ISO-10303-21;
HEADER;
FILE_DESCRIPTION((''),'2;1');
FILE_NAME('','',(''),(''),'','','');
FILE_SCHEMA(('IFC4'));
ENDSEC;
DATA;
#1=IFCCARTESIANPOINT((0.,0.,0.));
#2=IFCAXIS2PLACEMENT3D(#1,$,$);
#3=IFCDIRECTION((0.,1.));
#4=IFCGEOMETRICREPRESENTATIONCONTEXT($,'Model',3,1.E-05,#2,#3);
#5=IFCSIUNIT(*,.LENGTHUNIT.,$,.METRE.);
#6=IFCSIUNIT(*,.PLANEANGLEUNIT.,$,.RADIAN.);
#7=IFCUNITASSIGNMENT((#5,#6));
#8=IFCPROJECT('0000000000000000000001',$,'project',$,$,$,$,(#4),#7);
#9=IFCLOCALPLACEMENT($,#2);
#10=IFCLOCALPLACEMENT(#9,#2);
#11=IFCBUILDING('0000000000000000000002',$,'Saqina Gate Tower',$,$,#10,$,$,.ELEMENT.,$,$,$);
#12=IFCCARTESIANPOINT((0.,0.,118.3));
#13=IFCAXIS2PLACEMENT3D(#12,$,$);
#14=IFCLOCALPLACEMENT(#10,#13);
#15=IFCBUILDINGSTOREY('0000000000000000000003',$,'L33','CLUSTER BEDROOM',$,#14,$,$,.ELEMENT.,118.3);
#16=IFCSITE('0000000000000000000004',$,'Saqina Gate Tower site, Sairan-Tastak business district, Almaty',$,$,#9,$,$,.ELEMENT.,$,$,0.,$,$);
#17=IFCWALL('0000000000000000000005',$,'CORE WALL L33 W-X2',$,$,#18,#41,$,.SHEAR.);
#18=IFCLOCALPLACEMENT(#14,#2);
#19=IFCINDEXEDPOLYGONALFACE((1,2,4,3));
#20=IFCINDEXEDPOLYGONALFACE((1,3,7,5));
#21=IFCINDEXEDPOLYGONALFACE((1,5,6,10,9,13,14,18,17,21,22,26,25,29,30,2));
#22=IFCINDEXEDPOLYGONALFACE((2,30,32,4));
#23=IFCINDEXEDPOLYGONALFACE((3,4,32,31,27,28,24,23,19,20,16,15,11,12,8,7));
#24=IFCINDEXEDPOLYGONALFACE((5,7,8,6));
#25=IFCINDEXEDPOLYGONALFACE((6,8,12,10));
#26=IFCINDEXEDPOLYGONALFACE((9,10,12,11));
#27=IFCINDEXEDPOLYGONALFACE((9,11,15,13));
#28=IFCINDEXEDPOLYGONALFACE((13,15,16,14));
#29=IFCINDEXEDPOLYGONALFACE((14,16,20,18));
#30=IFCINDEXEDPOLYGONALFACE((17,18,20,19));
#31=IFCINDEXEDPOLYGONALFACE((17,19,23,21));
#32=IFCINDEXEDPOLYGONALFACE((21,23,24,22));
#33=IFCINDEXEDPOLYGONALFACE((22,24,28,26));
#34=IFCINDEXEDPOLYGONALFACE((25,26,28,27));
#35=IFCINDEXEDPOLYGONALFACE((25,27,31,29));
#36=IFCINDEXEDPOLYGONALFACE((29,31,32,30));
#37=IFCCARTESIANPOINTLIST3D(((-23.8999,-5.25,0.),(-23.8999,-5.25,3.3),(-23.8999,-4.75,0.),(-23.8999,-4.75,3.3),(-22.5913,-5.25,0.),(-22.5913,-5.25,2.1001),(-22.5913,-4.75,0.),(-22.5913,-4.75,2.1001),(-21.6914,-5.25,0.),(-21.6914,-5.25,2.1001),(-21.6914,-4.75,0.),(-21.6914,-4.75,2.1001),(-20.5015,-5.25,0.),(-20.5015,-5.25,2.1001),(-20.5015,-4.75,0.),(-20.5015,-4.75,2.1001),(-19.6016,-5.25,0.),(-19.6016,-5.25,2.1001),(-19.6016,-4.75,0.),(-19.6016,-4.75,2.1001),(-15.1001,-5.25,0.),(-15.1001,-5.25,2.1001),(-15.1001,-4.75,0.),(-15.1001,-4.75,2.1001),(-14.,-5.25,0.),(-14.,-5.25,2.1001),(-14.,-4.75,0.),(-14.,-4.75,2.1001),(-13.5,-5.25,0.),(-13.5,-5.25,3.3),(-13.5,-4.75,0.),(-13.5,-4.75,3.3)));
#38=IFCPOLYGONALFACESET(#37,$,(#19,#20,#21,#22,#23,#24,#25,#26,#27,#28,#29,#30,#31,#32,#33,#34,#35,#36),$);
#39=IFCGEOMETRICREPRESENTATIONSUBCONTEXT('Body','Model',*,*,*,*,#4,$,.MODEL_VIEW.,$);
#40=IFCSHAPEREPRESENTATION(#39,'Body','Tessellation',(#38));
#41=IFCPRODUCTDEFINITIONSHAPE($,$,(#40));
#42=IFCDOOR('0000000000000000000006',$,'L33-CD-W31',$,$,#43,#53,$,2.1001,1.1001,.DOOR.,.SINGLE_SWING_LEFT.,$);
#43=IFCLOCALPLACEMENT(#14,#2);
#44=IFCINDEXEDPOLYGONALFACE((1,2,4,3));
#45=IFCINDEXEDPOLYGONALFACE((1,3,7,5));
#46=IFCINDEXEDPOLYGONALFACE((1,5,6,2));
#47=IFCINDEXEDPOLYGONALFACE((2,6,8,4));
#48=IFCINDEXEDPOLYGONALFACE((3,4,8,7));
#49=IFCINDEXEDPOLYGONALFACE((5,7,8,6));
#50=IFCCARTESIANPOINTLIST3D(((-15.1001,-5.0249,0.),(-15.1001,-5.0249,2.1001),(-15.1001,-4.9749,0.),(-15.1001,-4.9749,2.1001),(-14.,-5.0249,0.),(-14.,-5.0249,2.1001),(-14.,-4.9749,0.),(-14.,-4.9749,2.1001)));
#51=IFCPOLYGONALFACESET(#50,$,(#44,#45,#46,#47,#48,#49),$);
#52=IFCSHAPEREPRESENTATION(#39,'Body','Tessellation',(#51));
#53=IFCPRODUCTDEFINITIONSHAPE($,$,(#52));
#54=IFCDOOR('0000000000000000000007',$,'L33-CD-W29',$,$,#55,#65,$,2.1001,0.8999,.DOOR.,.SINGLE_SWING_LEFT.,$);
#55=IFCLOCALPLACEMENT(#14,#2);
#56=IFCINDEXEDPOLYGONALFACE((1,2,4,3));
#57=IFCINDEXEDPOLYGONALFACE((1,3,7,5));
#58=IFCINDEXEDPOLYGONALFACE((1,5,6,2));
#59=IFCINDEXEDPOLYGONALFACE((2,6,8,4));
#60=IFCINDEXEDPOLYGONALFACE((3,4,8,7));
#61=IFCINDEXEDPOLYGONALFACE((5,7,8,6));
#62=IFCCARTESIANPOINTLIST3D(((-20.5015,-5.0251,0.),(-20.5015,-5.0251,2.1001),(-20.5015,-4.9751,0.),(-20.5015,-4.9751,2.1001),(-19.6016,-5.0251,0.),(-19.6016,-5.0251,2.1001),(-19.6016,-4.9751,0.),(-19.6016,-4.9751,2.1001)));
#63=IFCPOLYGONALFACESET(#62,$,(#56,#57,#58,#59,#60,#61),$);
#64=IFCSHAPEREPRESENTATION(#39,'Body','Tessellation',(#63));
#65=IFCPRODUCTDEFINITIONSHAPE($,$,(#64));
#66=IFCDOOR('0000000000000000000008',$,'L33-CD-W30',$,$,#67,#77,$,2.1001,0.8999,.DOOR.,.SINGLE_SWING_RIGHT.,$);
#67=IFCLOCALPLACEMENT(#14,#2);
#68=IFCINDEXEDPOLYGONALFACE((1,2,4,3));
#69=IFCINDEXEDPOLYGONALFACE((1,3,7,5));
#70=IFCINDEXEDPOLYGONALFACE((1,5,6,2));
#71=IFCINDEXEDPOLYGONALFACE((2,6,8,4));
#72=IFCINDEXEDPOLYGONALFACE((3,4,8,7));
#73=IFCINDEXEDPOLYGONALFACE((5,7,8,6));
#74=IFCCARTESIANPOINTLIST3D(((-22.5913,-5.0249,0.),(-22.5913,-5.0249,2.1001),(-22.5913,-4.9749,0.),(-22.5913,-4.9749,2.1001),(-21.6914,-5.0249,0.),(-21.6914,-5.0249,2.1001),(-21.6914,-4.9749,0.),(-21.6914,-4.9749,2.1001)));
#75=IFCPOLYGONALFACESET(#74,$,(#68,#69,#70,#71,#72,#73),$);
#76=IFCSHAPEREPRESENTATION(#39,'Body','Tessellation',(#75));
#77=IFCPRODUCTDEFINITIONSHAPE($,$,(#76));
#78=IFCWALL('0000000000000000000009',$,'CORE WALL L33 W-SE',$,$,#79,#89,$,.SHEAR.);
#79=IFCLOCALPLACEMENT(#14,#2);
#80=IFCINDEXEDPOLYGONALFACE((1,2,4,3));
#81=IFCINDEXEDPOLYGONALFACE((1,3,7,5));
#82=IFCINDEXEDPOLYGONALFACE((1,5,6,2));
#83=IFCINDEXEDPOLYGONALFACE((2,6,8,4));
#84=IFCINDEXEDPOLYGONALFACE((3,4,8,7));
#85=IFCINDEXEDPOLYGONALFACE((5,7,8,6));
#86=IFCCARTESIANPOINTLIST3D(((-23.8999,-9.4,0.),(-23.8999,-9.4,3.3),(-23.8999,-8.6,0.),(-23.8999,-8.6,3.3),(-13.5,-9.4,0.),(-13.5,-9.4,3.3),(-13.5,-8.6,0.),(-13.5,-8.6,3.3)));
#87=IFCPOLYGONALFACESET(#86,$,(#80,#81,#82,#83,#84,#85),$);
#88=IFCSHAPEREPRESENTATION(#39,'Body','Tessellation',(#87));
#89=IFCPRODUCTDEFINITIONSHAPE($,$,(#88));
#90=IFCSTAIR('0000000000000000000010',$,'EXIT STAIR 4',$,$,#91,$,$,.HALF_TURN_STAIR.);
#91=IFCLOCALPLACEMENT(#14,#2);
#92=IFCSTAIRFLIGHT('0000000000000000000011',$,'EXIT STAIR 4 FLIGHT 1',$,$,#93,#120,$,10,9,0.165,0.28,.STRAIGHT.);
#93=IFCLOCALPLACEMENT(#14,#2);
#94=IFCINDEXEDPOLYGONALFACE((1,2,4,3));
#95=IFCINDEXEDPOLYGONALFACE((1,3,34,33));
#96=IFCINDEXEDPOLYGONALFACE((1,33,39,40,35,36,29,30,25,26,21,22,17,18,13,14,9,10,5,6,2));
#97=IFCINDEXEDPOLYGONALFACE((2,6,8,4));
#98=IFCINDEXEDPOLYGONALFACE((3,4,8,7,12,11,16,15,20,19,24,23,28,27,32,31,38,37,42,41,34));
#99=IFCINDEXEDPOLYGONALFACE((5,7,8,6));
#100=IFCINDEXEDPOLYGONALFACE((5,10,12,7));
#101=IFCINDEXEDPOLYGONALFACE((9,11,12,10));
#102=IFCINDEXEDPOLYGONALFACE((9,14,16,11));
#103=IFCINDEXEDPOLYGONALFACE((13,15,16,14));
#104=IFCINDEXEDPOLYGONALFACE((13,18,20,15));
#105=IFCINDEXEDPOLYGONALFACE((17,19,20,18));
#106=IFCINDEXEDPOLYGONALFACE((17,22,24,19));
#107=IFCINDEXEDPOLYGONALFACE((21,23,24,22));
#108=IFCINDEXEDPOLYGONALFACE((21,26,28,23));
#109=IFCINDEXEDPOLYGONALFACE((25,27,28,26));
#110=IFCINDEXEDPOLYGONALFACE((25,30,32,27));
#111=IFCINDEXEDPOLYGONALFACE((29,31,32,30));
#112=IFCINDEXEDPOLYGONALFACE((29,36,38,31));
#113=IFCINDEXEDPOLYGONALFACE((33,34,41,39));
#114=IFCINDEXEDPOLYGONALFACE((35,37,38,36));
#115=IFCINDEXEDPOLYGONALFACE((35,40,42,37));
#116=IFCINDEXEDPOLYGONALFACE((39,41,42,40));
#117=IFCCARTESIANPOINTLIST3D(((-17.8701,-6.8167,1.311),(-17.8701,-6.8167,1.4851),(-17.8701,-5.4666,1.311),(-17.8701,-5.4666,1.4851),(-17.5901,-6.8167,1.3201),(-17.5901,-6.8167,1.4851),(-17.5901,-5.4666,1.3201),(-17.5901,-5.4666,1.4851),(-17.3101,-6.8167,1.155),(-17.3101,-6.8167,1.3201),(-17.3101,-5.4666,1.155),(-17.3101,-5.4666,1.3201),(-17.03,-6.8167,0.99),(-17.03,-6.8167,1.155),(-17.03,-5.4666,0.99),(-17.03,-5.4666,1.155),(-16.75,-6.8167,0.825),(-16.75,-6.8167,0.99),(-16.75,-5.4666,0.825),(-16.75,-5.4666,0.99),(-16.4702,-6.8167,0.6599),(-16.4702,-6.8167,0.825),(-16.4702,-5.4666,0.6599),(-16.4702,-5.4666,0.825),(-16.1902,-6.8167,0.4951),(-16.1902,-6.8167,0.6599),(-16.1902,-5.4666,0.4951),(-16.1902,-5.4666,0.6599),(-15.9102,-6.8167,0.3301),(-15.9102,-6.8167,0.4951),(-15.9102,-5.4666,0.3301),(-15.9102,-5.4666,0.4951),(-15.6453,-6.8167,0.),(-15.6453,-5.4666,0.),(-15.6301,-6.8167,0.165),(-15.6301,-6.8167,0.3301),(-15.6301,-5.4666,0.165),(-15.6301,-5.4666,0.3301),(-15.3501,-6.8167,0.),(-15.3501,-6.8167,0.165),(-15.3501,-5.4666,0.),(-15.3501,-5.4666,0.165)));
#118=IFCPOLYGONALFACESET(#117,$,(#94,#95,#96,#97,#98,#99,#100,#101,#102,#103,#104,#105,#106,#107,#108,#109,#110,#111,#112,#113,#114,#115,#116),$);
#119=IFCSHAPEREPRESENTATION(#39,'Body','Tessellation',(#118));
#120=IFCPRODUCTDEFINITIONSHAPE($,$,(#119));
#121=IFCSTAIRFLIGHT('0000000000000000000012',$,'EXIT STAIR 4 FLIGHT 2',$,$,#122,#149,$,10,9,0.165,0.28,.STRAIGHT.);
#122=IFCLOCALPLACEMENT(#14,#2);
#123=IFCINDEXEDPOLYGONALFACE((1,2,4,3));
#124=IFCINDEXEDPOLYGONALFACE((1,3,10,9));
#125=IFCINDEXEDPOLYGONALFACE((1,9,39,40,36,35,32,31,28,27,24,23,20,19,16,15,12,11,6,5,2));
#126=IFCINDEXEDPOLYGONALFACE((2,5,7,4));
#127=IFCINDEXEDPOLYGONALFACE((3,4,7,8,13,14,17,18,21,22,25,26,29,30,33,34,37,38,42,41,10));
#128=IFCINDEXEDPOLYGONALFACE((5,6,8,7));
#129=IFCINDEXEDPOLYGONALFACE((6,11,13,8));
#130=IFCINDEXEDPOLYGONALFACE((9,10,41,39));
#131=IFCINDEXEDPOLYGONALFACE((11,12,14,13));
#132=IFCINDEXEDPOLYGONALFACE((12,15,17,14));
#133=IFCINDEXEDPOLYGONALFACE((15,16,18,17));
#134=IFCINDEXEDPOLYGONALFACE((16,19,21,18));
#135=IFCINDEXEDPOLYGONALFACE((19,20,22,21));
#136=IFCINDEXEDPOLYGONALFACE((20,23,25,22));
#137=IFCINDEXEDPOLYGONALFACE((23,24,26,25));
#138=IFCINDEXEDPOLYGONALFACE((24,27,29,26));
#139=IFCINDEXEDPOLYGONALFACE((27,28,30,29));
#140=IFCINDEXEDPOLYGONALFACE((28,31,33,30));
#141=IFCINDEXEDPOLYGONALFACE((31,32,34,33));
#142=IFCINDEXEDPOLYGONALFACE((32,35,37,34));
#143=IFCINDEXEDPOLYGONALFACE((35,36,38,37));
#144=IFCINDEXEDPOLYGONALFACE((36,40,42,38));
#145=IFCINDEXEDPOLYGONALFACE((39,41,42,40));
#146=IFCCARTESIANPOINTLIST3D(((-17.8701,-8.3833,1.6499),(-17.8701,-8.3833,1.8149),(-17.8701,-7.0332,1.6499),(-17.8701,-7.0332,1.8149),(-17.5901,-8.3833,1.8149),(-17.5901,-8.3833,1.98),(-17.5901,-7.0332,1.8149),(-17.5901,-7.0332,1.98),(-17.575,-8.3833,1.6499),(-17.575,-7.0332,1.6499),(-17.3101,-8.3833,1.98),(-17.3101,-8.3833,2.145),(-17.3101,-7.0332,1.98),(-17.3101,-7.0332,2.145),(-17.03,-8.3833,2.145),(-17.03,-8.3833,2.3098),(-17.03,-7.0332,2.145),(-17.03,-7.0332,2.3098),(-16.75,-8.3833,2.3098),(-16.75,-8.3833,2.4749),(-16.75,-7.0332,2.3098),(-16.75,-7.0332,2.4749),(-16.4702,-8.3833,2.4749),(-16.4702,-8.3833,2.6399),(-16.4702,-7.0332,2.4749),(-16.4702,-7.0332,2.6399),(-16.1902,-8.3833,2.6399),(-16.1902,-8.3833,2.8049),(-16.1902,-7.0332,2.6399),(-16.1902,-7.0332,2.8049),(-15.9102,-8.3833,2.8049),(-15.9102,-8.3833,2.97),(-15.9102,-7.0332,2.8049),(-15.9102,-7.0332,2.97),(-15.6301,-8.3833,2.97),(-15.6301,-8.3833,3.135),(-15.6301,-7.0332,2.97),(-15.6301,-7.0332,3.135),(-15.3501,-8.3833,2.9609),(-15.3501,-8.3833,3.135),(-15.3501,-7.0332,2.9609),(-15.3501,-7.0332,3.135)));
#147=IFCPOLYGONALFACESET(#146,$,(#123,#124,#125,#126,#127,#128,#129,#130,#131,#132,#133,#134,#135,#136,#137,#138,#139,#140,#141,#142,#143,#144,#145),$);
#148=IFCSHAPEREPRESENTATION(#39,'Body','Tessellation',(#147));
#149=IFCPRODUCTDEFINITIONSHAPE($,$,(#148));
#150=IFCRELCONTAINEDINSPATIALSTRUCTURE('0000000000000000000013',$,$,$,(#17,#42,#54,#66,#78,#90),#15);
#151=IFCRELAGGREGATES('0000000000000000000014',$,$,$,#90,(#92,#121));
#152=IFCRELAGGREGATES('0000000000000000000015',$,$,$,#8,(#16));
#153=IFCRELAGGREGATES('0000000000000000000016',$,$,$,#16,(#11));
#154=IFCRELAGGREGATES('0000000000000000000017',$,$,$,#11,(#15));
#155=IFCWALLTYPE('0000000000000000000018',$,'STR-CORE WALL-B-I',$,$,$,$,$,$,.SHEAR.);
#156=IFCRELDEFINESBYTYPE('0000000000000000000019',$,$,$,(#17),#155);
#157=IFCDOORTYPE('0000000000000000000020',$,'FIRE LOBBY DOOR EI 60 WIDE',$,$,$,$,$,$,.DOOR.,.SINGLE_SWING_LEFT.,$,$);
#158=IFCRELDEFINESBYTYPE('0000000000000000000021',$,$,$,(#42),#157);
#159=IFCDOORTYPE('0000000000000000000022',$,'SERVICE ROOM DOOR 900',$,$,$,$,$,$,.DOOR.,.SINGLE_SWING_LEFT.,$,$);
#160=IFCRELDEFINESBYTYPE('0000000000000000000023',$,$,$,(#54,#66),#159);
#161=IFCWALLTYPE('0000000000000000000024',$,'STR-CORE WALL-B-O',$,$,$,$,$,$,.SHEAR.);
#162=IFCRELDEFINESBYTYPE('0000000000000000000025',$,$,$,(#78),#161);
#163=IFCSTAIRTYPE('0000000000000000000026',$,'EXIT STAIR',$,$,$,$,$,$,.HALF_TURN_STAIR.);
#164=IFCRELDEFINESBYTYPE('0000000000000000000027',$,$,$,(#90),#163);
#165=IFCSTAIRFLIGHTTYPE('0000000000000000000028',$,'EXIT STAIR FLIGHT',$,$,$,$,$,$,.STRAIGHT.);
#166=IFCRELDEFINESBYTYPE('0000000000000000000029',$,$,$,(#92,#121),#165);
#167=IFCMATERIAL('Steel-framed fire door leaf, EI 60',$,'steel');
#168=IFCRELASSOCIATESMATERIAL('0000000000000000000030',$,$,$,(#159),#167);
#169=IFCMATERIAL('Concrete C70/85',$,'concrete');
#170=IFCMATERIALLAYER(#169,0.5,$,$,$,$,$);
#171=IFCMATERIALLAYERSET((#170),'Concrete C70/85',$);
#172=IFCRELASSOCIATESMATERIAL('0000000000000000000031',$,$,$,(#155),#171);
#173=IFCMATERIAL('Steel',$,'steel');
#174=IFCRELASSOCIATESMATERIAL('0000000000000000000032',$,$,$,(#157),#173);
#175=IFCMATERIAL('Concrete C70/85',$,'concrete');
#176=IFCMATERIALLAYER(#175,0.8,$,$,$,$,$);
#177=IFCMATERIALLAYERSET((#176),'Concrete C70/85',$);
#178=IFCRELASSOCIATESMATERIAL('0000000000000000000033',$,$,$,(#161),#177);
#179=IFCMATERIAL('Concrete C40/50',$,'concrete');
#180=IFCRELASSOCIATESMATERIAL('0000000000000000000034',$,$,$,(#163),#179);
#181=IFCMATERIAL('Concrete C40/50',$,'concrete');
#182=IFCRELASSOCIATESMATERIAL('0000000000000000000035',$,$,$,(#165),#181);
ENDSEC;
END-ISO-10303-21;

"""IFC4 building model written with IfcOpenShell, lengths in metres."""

from ifc_helpers import new_model, si_unit, direction, frame, frame_2d, origin, place, context, subcontext, project, spatial, polyline, rectangle, outline, extrude, material, layer, layer_set, type_object, element, fill, aggregate, save


model = new_model("IFC4")

# Units and contexts
model_context = context("Model", 3, precision=1e-05, world=origin(), true_north=direction((0.0, 1.0)))
body_context = subcontext(model_context, "Body", "Model", "MODEL_VIEW")
ifc_project = project(units=[si_unit("LENGTHUNIT", "METRE"), si_unit("PLANEANGLEUNIT", "RADIAN")], contexts=[model_context])

# Site, building, storey
site_placement = place(None, origin())
site = spatial("IfcSite", under=ifc_project, at=site_placement, Name="Saqina Gate Tower site, Sairan-Tastak business district, Almaty", CompositionType="ELEMENT", RefElevation=0.0)
building_placement = place(site_placement, origin())
building = spatial("IfcBuilding", under=site, at=building_placement, Name="Saqina Gate Tower", CompositionType="ELEMENT")
storey_placement = place(building_placement, frame((0.0, 0.0, 118.3)))
storey = spatial("IfcBuildingStorey", under=building, at=storey_placement, Name="L33", Description="CLUSTER BEDROOM", CompositionType="ELEMENT", Elevation=118.3)

# Shared definitions
ifc_material_1 = material(Name="Steel-framed fire door leaf, EI 60", Category="steel")
door_type_1 = type_object("IfcDoorType", Name="SERVICE ROOM DOOR 900", OperationType="SINGLE_SWING_LEFT", PredefinedType="DOOR", material=ifc_material_1)

# Wall, openings, doors
ifc_material_2 = material(Name="Concrete C70/85", Category="concrete")
ifc_layer_1 = layer(ifc_material_2, 0.5)
ifc_layer_set_1 = layer_set([ifc_layer_1], Name="Concrete C70/85")
wall_type_1 = type_object("IfcWallType", Name="STR-CORE WALL-B-I", PredefinedType="SHEAR", material=ifc_layer_set_1)
wall_1_placement = place(storey_placement, frame((-13.5, -5.0, 0.0), z_axis=(0.0, 0.0, 1.0), x_axis=(-1.0, 0.0, 0.0)))
wall_1 = element("IfcWall", 1, at=wall_1_placement, inside=storey, type_object=wall_type_1, Name="CORE WALL L33 W-X2", PredefinedType="SHEAR", context=body_context, shape_type="SweptSolid", body=[
    extrude(rectangle(XDim=10.3999, YDim=0.5, at=frame_2d((5.2, 0.0))), origin(), (0.0, 0.0, 1.0), 3.3),
])
opening_1_placement = place(wall_1_placement, frame((6.1016, 0.0, 0.0)))
opening_1 = element("IfcOpeningElement", 2, at=opening_1_placement, cuts=wall_1, PredefinedType="OPENING", context=body_context, shape_type="SweptSolid", body=[
    extrude(rectangle(XDim=0.8999, YDim=2.1001, at=frame_2d((0.45, 1.05))), frame((0.0, 0.262, 0.0), z_axis=(0.0, -1.0, 0.0), x_axis=(1.0, 0.0, 0.0)), (0.0, 0.0, 1.0), 0.5239),
])
opening_2_placement = place(wall_1_placement, frame((8.1914, 0.0, 0.0)))
opening_2 = element("IfcOpeningElement", 3, at=opening_2_placement, cuts=wall_1, PredefinedType="OPENING", context=body_context, shape_type="SweptSolid", body=[
    extrude(rectangle(XDim=0.8999, YDim=2.1001, at=frame_2d((0.45, 1.05))), frame((0.0, 0.262, 0.0), z_axis=(0.0, -1.0, 0.0), x_axis=(1.0, 0.0, 0.0)), (0.0, 0.0, 1.0), 0.5239),
])
opening_3_placement = place(wall_1_placement, frame((0.5, 0.0, 0.0)))
opening_3 = element("IfcOpeningElement", 4, at=opening_3_placement, cuts=wall_1, PredefinedType="OPENING", context=body_context, shape_type="SweptSolid", body=[
    extrude(rectangle(XDim=1.1001, YDim=2.1001, at=frame_2d((0.55, 1.05))), frame((0.0, 0.262, 0.0), z_axis=(0.0, -1.0, 0.0), x_axis=(1.0, 0.0, 0.0)), (0.0, 0.0, 1.0), 0.5239),
])
ifc_material_3 = material(Name="Steel", Category="steel")
door_type_2 = type_object("IfcDoorType", Name="FIRE LOBBY DOOR EI 60 WIDE", OperationType="SINGLE_SWING_LEFT", PredefinedType="DOOR", material=ifc_material_3)
door_1_placement = place(opening_3_placement, origin())
door_1 = element("IfcDoor", 5, at=door_1_placement, inside=storey, type_object=door_type_2, Name="L33-CD-W31", OperationType="SINGLE_SWING_LEFT", OverallHeight=2.1001, OverallWidth=1.1001, PredefinedType="DOOR", context=body_context, shape_type="SweptSolid", body=[
    extrude(rectangle(XDim=1.1001, YDim=2.1001, at=frame_2d((0.55, 1.05))), frame((0.0, 0.0249, 0.0), z_axis=(0.0, -1.0, 0.0), x_axis=(1.0, 0.0, 0.0)), (0.0, 0.0, 1.0), 0.05),
])
fill(opening_3, door_1)
door_2_placement = place(opening_1_placement, frame((0.8999, 0.0, 0.0), z_axis=(0.0, 0.0, 1.0), x_axis=(-1.0, 0.0, 0.0)))
door_2 = element("IfcDoor", 6, at=door_2_placement, inside=storey, type_object=door_type_1, Name="L33-CD-W29", OperationType="SINGLE_SWING_LEFT", OverallHeight=2.1001, OverallWidth=0.8999, PredefinedType="DOOR", context=body_context, shape_type="SweptSolid", body=[
    extrude(rectangle(XDim=0.8999, YDim=2.1001, at=frame_2d((0.45, 1.05))), frame((0.0, 0.0249, 0.0), z_axis=(0.0, -1.0, 0.0), x_axis=(1.0, 0.0, 0.0)), (0.0, 0.0, 1.0), 0.05),
])
fill(opening_1, door_2)
door_3_placement = place(opening_2_placement, origin())
door_3 = element("IfcDoor", 7, at=door_3_placement, inside=storey, type_object=door_type_1, Name="L33-CD-W30", OperationType="SINGLE_SWING_RIGHT", OverallHeight=2.1001, OverallWidth=0.8999, PredefinedType="DOOR", context=body_context, shape_type="SweptSolid", body=[
    extrude(rectangle(XDim=0.8999, YDim=2.1001, at=frame_2d((0.45, 1.05))), frame((0.0, 0.0249, 0.0), z_axis=(0.0, -1.0, 0.0), x_axis=(1.0, 0.0, 0.0)), (0.0, 0.0, 1.0), 0.05),
])
fill(opening_2, door_3)
ifc_material_4 = material(Name="Concrete C70/85", Category="concrete")
ifc_layer_2 = layer(ifc_material_4, 0.8)
ifc_layer_set_2 = layer_set([ifc_layer_2], Name="Concrete C70/85")
wall_type_2 = type_object("IfcWallType", Name="STR-CORE WALL-B-O", PredefinedType="SHEAR", material=ifc_layer_set_2)

# Wall
wall_2_placement = place(storey_placement, frame((-13.5, -9.0, 0.0), z_axis=(0.0, 0.0, 1.0), x_axis=(-1.0, 0.0, 0.0)))
element("IfcWall", 8, at=wall_2_placement, inside=storey, type_object=wall_type_2, Name="CORE WALL L33 W-SE", PredefinedType="SHEAR", context=body_context, shape_type="SweptSolid", body=[
    extrude(rectangle(XDim=10.3999, YDim=0.8, at=frame_2d((5.2, 0.0))), origin(), (0.0, 0.0, 1.0), 3.3),
])

# Stair, stair flights
ifc_material_5 = material(Name="Concrete C40/50", Category="concrete")
stair_type = type_object("IfcStairType", Name="EXIT STAIR", PredefinedType="HALF_TURN_STAIR", material=ifc_material_5)
stair_placement = place(storey_placement, origin())
stair = element("IfcStair", 9, at=stair_placement, inside=storey, type_object=stair_type, Name="EXIT STAIR 4", PredefinedType="HALF_TURN_STAIR")
ifc_material_6 = material(Name="Concrete C40/50", Category="concrete")
stair_flight_type = type_object("IfcStairFlightType", Name="EXIT STAIR FLIGHT", PredefinedType="STRAIGHT", material=ifc_material_6)
stair_flight_1_placement = place(storey_placement, frame((-15.3501, -6.1416, 0.0), z_axis=(0.0, 0.0, 1.0), x_axis=(-1.0, 0.0, 0.0)))
stair_flight_1 = element("IfcStairFlight", 10, at=stair_flight_1_placement, type_object=stair_flight_type, Name="EXIT STAIR 4 FLIGHT 1", NumberOfRisers=10, NumberOfTreads=9, PredefinedType="STRAIGHT", RiserHeight=0.165, TreadLength=0.28, context=body_context, shape_type="SweptSolid", body=[
    extrude(outline(polyline([(0.0, 0.0), (0.0, 0.165), (0.28, 0.165), (0.28, 0.3301), (0.5601, 0.3301), (0.5601, 0.4951), (0.8401, 0.4951), (0.8401, 0.6599), (1.1201, 0.6599), (1.1201, 0.825), (1.3999, 0.825), (1.3999, 0.99), (1.6799, 0.99), (1.6799, 1.155), (1.96, 1.155), (1.96, 1.3201), (2.24, 1.3201), (2.24, 1.4851), (2.52, 1.4851), (2.52, 1.6499), (2.52, 1.311), (0.2952, 0.0), (0.0, 0.0)])), frame((0.0, 0.675, 0.0), z_axis=(0.0, -1.0, 0.0), x_axis=(1.0, 0.0, 0.0)), (0.0, 0.0, 1.0), 1.3501),
])
stair_flight_2_placement = place(storey_placement, frame((-17.8701, -7.7083, 1.6499), z_axis=(0.0, 0.0, 1.0), x_axis=(1.0, 0.0, 0.0)))
stair_flight_2 = element("IfcStairFlight", 11, at=stair_flight_2_placement, type_object=stair_flight_type, Name="EXIT STAIR 4 FLIGHT 2", NumberOfRisers=10, NumberOfTreads=9, PredefinedType="STRAIGHT", RiserHeight=0.165, TreadLength=0.28, context=body_context, shape_type="SweptSolid", body=[
    extrude(outline(polyline([(0.0, 0.0), (0.0, 0.165), (0.28, 0.165), (0.28, 0.3301), (0.5601, 0.3301), (0.5601, 0.4951), (0.8401, 0.4951), (0.8401, 0.6599), (1.1201, 0.6599), (1.1201, 0.825), (1.3999, 0.825), (1.3999, 0.99), (1.6799, 0.99), (1.6799, 1.155), (1.96, 1.155), (1.96, 1.3201), (2.24, 1.3201), (2.24, 1.4851), (2.52, 1.4851), (2.52, 1.6499), (2.52, 1.311), (0.2952, 0.0), (0.0, 0.0)])), frame((0.0, 0.675, 0.0), z_axis=(0.0, -1.0, 0.0), x_axis=(1.0, 0.0, 0.0)), (0.0, 0.0, 1.0), 1.3501),
])
aggregate(stair, [stair_flight_1, stair_flight_2])

save(model, "model.ifc")
